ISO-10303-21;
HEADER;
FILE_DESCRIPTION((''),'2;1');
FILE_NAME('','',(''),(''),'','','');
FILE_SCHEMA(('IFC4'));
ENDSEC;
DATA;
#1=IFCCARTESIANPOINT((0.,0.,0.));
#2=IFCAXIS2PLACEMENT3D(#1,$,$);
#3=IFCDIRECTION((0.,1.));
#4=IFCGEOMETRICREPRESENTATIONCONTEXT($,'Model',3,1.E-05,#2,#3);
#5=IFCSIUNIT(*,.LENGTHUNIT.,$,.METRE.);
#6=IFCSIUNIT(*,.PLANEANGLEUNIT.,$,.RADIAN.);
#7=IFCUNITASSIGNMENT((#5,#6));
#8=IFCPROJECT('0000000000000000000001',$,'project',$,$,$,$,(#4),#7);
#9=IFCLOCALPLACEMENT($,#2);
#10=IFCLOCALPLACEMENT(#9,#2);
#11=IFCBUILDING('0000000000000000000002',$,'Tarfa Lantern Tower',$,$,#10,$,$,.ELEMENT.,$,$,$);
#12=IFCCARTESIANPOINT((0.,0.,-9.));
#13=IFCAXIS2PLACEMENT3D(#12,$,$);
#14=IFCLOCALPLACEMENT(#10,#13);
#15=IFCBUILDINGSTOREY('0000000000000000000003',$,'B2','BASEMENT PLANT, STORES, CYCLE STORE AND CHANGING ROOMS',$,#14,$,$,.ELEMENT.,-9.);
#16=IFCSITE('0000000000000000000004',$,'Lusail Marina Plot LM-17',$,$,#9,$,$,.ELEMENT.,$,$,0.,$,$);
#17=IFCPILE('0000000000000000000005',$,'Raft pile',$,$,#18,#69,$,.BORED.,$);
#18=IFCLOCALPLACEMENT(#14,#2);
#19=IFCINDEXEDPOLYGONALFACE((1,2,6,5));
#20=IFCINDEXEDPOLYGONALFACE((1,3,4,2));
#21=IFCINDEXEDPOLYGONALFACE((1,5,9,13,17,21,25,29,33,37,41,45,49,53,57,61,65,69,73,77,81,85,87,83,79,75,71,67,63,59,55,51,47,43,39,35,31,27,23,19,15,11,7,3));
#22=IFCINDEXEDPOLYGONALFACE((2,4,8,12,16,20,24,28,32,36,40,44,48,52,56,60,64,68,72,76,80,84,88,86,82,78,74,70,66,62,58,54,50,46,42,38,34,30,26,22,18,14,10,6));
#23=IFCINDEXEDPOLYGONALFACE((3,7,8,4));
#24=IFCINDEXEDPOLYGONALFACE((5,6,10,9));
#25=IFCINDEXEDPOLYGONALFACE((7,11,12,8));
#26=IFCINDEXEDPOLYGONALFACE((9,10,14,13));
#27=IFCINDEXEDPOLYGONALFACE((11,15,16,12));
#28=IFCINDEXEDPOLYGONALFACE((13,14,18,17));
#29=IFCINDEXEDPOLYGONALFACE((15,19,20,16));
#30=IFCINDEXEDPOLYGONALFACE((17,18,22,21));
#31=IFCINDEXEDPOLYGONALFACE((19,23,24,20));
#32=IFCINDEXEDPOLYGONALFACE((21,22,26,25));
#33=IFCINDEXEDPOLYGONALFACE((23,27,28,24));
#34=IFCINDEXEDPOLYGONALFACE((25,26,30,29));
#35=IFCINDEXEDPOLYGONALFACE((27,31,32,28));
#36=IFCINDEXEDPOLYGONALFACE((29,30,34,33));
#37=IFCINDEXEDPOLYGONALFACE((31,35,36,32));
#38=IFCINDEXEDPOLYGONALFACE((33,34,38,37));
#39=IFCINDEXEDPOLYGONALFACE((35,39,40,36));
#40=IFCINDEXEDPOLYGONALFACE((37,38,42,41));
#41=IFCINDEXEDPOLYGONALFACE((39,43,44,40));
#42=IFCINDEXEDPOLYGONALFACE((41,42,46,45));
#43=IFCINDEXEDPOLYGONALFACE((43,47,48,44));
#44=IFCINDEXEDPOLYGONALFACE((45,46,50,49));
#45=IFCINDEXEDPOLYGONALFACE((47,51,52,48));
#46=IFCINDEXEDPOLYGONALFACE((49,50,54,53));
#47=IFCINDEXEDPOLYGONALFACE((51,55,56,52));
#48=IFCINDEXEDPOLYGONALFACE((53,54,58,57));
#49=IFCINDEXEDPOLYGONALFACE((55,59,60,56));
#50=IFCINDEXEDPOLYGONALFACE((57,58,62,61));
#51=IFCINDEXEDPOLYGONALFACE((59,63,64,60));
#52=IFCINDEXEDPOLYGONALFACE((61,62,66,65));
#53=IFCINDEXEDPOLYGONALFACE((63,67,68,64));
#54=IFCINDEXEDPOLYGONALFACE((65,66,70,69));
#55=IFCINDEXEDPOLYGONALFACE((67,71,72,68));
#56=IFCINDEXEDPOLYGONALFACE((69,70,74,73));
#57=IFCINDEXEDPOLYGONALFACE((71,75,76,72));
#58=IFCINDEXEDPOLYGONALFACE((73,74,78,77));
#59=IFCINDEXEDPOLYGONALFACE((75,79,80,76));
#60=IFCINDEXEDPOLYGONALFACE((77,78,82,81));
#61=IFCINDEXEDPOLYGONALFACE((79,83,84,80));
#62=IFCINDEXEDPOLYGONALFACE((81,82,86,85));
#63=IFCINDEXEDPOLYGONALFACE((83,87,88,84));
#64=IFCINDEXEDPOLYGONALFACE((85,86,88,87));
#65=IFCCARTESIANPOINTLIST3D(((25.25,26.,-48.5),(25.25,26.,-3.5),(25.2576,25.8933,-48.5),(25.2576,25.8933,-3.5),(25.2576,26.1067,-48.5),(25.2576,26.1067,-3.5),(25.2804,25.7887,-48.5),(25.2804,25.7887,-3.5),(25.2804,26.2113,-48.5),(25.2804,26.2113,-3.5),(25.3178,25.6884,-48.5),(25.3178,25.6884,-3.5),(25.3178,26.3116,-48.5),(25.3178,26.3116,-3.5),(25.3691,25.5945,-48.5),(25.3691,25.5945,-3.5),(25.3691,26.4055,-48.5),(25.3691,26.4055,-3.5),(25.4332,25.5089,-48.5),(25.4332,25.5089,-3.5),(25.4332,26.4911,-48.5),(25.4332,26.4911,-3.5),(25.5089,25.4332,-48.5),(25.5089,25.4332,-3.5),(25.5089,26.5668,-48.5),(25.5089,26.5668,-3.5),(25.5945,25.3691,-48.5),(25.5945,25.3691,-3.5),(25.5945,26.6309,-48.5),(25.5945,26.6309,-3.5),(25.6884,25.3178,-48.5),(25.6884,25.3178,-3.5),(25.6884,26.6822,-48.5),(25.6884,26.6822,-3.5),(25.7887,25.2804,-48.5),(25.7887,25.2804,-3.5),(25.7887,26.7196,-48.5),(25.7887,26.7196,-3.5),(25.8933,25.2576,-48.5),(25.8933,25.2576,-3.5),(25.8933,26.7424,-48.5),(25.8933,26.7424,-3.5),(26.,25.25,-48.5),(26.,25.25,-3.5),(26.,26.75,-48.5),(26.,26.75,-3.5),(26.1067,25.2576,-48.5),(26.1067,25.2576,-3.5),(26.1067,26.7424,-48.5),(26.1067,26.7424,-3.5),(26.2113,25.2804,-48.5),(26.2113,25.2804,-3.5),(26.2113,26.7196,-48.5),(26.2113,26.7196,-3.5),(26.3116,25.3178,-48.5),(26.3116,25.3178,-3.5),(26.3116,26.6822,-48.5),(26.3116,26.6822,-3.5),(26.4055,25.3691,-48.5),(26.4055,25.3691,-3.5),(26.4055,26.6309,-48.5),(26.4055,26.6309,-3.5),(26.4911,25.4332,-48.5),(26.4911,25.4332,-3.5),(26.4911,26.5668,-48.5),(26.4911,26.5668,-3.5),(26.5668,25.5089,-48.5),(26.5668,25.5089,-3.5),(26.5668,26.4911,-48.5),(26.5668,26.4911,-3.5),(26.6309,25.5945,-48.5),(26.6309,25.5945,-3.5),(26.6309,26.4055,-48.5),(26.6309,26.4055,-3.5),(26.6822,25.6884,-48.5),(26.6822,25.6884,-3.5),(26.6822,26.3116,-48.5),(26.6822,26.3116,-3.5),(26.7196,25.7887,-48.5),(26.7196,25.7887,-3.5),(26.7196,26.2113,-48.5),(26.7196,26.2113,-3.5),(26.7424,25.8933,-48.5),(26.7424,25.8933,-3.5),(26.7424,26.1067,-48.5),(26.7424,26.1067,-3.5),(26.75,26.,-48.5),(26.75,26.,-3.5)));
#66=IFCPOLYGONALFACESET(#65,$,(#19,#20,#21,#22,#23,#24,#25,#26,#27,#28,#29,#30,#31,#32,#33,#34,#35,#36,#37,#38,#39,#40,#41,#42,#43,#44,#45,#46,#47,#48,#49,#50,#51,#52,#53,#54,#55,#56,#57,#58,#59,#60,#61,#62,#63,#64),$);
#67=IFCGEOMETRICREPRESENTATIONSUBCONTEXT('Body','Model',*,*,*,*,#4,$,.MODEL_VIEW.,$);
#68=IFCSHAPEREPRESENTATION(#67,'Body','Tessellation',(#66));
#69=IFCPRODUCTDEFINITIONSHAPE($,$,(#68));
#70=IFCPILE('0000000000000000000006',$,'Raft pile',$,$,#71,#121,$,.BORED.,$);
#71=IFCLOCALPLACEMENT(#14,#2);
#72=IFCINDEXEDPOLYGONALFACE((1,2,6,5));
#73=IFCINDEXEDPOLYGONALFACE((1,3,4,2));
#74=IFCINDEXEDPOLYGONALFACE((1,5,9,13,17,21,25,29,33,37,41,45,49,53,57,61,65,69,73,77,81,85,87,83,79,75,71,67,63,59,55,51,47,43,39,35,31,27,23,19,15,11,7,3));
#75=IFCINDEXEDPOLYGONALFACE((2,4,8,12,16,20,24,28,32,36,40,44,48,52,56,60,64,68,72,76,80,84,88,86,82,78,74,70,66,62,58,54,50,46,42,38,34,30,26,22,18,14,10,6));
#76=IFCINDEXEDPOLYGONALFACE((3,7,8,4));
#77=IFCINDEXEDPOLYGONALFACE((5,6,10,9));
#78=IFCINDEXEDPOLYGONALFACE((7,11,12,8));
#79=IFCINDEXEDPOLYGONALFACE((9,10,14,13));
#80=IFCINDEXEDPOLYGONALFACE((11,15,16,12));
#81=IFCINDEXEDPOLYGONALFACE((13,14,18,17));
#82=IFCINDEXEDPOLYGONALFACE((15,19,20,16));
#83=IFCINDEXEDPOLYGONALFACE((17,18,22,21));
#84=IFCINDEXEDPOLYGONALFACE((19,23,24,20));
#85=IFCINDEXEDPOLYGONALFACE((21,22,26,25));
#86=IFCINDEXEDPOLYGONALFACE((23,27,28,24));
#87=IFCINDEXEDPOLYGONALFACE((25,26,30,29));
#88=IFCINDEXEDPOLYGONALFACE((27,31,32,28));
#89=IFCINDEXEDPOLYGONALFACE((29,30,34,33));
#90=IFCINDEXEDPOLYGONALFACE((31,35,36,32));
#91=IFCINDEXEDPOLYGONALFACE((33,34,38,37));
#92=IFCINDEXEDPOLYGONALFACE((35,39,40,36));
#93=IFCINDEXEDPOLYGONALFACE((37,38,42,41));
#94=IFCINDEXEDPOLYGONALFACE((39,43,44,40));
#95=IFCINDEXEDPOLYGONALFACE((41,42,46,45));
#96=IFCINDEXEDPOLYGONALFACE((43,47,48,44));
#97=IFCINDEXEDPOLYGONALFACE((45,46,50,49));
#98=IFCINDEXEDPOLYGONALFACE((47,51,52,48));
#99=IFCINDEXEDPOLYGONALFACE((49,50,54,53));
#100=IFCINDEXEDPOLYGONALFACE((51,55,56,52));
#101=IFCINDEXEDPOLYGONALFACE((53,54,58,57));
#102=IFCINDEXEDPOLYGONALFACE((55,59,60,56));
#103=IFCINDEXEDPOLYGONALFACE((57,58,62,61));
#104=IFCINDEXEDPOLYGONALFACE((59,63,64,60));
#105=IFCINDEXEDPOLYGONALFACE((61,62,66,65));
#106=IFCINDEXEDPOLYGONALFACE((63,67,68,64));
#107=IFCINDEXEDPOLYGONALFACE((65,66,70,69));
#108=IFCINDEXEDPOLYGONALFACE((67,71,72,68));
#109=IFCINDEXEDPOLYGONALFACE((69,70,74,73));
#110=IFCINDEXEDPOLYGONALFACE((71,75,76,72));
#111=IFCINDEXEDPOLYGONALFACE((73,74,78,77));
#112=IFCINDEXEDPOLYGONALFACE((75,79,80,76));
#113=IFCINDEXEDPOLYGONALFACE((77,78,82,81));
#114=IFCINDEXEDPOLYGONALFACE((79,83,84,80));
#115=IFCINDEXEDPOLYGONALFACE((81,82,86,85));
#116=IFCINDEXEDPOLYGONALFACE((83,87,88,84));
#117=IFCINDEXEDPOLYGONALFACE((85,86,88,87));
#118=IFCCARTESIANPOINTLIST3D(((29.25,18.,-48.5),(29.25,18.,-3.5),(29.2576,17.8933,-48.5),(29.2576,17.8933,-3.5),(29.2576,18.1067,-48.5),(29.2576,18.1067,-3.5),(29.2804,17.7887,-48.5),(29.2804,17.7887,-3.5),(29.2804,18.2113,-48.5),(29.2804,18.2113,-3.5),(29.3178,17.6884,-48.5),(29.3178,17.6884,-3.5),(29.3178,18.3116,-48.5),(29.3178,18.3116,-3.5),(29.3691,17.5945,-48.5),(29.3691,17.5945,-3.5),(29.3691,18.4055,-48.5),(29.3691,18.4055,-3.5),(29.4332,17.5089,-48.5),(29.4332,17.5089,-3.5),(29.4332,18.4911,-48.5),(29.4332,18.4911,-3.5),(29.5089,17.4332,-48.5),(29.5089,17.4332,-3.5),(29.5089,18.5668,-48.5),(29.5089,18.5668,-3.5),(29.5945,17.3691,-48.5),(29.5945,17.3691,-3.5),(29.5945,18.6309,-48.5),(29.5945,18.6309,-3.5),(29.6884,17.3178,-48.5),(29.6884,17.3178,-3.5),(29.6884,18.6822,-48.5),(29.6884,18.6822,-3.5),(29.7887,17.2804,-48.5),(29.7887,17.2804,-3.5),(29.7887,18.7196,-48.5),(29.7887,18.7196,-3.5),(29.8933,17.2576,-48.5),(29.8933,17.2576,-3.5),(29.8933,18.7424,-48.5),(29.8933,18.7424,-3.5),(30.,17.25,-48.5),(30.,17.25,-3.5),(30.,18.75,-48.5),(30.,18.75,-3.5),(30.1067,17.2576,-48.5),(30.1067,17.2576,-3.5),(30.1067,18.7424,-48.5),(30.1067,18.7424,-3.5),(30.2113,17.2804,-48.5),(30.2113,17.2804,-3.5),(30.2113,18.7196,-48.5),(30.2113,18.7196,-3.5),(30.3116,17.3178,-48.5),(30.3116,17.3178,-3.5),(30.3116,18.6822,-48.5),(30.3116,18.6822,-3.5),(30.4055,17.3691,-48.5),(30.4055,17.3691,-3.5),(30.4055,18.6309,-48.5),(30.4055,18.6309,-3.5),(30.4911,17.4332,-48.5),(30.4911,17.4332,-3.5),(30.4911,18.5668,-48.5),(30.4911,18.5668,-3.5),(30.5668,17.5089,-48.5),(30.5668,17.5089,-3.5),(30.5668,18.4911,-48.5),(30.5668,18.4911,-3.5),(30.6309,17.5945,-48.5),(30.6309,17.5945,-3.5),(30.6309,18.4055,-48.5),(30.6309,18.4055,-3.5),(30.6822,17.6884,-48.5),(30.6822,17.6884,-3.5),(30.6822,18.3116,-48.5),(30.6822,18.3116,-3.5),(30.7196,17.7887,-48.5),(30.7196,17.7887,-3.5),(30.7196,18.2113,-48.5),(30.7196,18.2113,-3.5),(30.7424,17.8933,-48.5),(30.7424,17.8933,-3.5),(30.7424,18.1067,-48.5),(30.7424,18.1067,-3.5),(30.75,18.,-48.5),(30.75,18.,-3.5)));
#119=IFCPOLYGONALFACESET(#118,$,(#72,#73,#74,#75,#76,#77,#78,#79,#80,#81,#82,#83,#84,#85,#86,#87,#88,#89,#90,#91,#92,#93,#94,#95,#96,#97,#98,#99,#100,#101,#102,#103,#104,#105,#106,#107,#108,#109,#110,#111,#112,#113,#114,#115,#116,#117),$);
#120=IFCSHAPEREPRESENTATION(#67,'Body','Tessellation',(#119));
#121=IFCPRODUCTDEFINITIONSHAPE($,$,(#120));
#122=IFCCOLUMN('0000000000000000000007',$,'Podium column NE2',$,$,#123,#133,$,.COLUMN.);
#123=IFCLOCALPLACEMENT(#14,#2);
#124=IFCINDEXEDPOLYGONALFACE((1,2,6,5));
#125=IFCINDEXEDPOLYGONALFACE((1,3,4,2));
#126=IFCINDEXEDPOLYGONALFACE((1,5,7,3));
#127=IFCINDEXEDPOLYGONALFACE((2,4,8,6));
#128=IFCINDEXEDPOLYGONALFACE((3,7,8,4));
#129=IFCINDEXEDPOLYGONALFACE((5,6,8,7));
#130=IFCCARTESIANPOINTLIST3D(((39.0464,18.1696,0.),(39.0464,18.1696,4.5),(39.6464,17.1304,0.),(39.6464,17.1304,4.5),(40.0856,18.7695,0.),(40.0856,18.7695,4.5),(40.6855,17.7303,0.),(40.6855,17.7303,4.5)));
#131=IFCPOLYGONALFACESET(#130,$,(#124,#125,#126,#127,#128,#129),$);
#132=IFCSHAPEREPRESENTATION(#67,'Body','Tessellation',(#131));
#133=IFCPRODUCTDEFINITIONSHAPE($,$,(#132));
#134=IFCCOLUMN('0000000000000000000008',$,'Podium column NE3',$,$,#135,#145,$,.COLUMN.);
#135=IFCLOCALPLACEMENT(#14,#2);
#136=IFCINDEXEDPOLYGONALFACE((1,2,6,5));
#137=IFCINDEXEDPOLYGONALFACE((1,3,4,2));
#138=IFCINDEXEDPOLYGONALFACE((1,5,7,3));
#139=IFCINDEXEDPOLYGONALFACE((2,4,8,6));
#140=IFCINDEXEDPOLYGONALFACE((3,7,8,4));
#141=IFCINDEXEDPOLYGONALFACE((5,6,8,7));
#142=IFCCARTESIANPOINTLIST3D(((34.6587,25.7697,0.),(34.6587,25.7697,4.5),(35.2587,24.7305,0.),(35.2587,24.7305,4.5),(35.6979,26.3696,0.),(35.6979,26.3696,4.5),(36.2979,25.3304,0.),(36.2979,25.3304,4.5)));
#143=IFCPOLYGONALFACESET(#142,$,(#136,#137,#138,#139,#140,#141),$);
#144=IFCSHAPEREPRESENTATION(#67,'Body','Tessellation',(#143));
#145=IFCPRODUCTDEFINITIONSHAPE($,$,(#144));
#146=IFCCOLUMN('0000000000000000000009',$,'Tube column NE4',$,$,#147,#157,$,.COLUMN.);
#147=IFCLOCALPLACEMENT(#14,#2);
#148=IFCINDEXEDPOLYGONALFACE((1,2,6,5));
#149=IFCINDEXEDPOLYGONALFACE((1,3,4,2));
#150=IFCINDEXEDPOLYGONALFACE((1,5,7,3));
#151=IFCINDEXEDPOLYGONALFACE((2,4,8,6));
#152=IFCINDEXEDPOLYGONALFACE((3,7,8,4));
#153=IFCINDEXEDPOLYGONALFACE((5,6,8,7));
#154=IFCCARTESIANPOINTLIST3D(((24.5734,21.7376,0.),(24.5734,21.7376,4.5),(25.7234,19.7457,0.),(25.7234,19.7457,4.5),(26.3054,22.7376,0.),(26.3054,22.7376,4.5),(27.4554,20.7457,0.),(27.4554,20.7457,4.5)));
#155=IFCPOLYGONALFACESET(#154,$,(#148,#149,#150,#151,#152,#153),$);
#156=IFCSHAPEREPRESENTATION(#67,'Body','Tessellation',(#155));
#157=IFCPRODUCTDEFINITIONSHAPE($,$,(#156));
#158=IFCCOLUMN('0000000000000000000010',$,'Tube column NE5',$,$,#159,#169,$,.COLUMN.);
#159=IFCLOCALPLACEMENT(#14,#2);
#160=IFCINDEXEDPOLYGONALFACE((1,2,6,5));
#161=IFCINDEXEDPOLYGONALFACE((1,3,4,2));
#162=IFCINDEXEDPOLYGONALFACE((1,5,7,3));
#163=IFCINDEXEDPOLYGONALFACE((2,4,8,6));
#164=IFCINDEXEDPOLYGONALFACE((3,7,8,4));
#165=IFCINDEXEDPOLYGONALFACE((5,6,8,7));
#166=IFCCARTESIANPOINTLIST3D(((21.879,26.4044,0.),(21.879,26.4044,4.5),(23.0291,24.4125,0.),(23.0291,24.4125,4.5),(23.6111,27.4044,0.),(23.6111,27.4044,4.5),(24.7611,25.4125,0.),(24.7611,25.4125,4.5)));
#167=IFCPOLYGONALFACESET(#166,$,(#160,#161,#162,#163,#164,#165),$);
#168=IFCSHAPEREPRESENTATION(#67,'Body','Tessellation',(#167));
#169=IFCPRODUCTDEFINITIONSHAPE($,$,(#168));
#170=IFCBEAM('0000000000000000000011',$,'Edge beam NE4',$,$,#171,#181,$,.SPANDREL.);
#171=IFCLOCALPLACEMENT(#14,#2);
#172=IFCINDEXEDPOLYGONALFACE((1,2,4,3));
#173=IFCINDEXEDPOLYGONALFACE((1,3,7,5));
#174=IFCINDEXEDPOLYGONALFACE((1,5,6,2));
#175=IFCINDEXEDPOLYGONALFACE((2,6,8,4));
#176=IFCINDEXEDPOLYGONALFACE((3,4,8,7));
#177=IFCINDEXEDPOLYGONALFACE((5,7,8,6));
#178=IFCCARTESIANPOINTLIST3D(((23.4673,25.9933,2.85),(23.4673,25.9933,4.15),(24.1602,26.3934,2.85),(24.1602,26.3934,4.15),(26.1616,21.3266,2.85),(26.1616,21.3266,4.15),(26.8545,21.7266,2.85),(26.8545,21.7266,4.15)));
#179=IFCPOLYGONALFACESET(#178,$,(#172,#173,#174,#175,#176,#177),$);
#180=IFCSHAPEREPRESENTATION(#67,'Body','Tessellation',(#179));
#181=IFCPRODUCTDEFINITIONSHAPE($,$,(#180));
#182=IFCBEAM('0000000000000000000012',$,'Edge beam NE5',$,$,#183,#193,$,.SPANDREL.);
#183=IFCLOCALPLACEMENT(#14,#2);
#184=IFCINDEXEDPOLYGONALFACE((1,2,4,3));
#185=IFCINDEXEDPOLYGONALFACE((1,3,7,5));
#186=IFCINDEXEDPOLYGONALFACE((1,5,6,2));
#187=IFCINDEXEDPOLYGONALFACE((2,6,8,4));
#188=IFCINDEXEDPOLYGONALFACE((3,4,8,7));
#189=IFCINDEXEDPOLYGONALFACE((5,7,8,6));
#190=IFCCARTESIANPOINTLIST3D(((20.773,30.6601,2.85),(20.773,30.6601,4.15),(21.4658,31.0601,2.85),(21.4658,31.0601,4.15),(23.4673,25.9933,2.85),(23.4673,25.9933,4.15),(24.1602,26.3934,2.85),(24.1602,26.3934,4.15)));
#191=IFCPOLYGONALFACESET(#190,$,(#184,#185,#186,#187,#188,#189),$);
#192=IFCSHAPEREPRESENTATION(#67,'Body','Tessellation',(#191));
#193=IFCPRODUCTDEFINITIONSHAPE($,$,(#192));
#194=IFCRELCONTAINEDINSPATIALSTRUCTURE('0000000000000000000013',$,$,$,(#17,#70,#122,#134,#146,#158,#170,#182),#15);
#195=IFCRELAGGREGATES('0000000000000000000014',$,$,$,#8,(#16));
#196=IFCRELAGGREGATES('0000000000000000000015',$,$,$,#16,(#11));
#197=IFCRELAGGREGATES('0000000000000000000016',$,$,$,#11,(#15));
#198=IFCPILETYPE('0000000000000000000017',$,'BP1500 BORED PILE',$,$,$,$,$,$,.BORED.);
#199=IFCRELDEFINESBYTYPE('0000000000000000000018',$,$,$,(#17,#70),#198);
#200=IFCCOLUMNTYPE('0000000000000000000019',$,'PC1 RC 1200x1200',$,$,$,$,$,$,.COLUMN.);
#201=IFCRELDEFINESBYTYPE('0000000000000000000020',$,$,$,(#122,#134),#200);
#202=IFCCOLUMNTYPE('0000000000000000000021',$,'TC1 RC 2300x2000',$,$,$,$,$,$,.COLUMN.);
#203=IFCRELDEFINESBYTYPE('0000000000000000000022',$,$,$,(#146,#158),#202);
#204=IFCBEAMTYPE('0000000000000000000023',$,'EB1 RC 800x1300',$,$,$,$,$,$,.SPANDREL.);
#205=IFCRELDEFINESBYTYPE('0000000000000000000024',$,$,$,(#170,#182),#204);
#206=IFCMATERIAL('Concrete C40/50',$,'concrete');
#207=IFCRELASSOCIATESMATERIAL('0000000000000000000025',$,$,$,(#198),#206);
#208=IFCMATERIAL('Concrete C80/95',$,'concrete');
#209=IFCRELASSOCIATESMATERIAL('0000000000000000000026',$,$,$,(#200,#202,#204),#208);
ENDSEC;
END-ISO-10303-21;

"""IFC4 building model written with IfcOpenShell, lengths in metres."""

from ifc_helpers import new_model, si_unit, direction, frame, origin, origin_2d, place, context, subcontext, project, spatial, rectangle, circle, extrude, material, material_profile, profile_set, type_object, element, save


model = new_model("IFC4")

# Units and contexts
model_context = context("Model", 3, precision=1e-05, world=origin(), true_north=direction((0.0, 1.0)))
body_context = subcontext(model_context, "Body", "Model", "MODEL_VIEW")
ifc_project = project(units=[si_unit("LENGTHUNIT", "METRE"), si_unit("PLANEANGLEUNIT", "RADIAN")], contexts=[model_context])

# Site, building, storey
site_placement = place(None, origin())
site = spatial("IfcSite", under=ifc_project, at=site_placement, Name="Lusail Marina Plot LM-17", CompositionType="ELEMENT", RefElevation=0.0)
building_placement = place(site_placement, origin())
building = spatial("IfcBuilding", under=site, at=building_placement, Name="Tarfa Lantern Tower", CompositionType="ELEMENT")
storey_placement = place(building_placement, frame((0.0, 0.0, -9.0)))
storey = spatial("IfcBuildingStorey", under=building, at=storey_placement, Name="B2", Description="BASEMENT PLANT, STORES, CYCLE STORE AND CHANGING ROOMS", CompositionType="ELEMENT", Elevation=-9.0)

# Piles
ifc_material_1 = material(Name="Concrete C40/50", Category="concrete")
ifc_material_profile_1 = material_profile(ifc_material_1, circle(Radius=0.75, at=origin_2d()), Name="BORED PILE D1500")
ifc_profile_set_1 = profile_set([ifc_material_profile_1], Name="Concrete C40/50")
pile_type_1 = type_object("IfcPileType", Name="BP1500 BORED PILE", PredefinedType="BORED", material=ifc_profile_set_1)
for number, where, z_axis, x_axis, name in (
    (1, (26.0, 26.0, -3.5), (0.0, 0.0, -1.0), (1.0, 0.0, 0.0), "Raft pile"),
    (2, (30.0, 18.0, -3.5), (0.0, 0.0, -1.0), (1.0, 0.0, 0.0), "Raft pile"),
):
    element("IfcPile", number, at=place(storey_placement, frame(where, z_axis=z_axis, x_axis=x_axis)), inside=storey, type_object=pile_type_1, Name=name, PredefinedType="BORED", context=body_context, shape_type="SweptSolid", body=[
        extrude(circle(Radius=0.75, at=origin_2d()), origin(), (0.0, 0.0, 1.0), 45.0),
    ])

# Columns
ifc_material_2 = material(Name="Concrete C80/95", Category="concrete")
ifc_material_profile_2 = material_profile(ifc_material_2, rectangle(XDim=1.2, YDim=1.2, at=origin_2d()), Name="RC 1200x1200")
ifc_profile_set_2 = profile_set([ifc_material_profile_2], Name="Concrete C80/95")
column_type_1 = type_object("IfcColumnType", Name="PC1 RC 1200x1200", PredefinedType="COLUMN", material=ifc_profile_set_2)
for number, where, z_axis, x_axis, name in (
    (3, (39.866, 17.95, 0.0), (0.0, 0.0, 1.0), (-0.5, 0.866025, 0.0), "Podium column NE2"),
    (4, (35.4783, 25.55, 0.0), (0.0, 0.0, 1.0), (-0.5, 0.866025, 0.0), "Podium column NE3"),
):
    element("IfcColumn", number, at=place(storey_placement, frame(where, z_axis=z_axis, x_axis=x_axis)), inside=storey, type_object=column_type_1, Name=name, PredefinedType="COLUMN", context=body_context, shape_type="SweptSolid", body=[
        extrude(rectangle(XDim=1.2, YDim=1.2, at=origin_2d()), origin(), (0.0, 0.0, 1.0), 4.5),
    ])
ifc_material_profile_3 = material_profile(ifc_material_2, rectangle(XDim=2.3, YDim=2.0, at=origin_2d()), Name="RC 2300x2000")
ifc_profile_set_3 = profile_set([ifc_material_profile_3], Name="Concrete C80/95")
column_type_2 = type_object("IfcColumnType", Name="TC1 RC 2300x2000", PredefinedType="COLUMN", material=ifc_profile_set_3)
for number, where, z_axis, x_axis, name in (
    (5, (26.0144, 21.2417, 0.0), (0.0, 0.0, 1.0), (-0.5, 0.866025, 0.0), "Tube column NE4"),
    (6, (23.3201, 25.9084, 0.0), (0.0, 0.0, 1.0), (-0.5, 0.866025, 0.0), "Tube column NE5"),
):
    element("IfcColumn", number, at=place(storey_placement, frame(where, z_axis=z_axis, x_axis=x_axis)), inside=storey, type_object=column_type_2, Name=name, PredefinedType="COLUMN", context=body_context, shape_type="SweptSolid", body=[
        extrude(rectangle(XDim=2.3, YDim=2.0, at=origin_2d()), origin(), (0.0, 0.0, 1.0), 4.5),
    ])

# Beams
ifc_material_profile_4 = material_profile(ifc_material_2, rectangle(XDim=0.8, YDim=1.3, at=origin_2d()), Name="RC 800x1300")
ifc_profile_set_4 = profile_set([ifc_material_profile_4], Name="Concrete C80/95")
beam_type_1 = type_object("IfcBeamType", Name="EB1 RC 800x1300", PredefinedType="SPANDREL", material=ifc_profile_set_4)
for number, where, z_axis, x_axis, name in (
    (7, (26.5081, 21.5266, 3.5), (-0.499998, 0.866026, 0.0), (-0.866026, -0.499998, 0.0), "Edge beam NE4"),
    (8, (23.8137, 26.1934, 3.5), (-0.499998, 0.866026, 0.0), (-0.866026, -0.499998, 0.0), "Edge beam NE5"),
):
    element("IfcBeam", number, at=place(storey_placement, frame(where, z_axis=z_axis, x_axis=x_axis)), inside=storey, type_object=beam_type_1, Name=name, PredefinedType="SPANDREL", context=body_context, shape_type="SweptSolid", body=[
        extrude(rectangle(XDim=0.8, YDim=1.3, at=origin_2d()), origin(), (0.0, 0.0, 1.0), 5.3887),
    ])

save(model, "model.ifc")
